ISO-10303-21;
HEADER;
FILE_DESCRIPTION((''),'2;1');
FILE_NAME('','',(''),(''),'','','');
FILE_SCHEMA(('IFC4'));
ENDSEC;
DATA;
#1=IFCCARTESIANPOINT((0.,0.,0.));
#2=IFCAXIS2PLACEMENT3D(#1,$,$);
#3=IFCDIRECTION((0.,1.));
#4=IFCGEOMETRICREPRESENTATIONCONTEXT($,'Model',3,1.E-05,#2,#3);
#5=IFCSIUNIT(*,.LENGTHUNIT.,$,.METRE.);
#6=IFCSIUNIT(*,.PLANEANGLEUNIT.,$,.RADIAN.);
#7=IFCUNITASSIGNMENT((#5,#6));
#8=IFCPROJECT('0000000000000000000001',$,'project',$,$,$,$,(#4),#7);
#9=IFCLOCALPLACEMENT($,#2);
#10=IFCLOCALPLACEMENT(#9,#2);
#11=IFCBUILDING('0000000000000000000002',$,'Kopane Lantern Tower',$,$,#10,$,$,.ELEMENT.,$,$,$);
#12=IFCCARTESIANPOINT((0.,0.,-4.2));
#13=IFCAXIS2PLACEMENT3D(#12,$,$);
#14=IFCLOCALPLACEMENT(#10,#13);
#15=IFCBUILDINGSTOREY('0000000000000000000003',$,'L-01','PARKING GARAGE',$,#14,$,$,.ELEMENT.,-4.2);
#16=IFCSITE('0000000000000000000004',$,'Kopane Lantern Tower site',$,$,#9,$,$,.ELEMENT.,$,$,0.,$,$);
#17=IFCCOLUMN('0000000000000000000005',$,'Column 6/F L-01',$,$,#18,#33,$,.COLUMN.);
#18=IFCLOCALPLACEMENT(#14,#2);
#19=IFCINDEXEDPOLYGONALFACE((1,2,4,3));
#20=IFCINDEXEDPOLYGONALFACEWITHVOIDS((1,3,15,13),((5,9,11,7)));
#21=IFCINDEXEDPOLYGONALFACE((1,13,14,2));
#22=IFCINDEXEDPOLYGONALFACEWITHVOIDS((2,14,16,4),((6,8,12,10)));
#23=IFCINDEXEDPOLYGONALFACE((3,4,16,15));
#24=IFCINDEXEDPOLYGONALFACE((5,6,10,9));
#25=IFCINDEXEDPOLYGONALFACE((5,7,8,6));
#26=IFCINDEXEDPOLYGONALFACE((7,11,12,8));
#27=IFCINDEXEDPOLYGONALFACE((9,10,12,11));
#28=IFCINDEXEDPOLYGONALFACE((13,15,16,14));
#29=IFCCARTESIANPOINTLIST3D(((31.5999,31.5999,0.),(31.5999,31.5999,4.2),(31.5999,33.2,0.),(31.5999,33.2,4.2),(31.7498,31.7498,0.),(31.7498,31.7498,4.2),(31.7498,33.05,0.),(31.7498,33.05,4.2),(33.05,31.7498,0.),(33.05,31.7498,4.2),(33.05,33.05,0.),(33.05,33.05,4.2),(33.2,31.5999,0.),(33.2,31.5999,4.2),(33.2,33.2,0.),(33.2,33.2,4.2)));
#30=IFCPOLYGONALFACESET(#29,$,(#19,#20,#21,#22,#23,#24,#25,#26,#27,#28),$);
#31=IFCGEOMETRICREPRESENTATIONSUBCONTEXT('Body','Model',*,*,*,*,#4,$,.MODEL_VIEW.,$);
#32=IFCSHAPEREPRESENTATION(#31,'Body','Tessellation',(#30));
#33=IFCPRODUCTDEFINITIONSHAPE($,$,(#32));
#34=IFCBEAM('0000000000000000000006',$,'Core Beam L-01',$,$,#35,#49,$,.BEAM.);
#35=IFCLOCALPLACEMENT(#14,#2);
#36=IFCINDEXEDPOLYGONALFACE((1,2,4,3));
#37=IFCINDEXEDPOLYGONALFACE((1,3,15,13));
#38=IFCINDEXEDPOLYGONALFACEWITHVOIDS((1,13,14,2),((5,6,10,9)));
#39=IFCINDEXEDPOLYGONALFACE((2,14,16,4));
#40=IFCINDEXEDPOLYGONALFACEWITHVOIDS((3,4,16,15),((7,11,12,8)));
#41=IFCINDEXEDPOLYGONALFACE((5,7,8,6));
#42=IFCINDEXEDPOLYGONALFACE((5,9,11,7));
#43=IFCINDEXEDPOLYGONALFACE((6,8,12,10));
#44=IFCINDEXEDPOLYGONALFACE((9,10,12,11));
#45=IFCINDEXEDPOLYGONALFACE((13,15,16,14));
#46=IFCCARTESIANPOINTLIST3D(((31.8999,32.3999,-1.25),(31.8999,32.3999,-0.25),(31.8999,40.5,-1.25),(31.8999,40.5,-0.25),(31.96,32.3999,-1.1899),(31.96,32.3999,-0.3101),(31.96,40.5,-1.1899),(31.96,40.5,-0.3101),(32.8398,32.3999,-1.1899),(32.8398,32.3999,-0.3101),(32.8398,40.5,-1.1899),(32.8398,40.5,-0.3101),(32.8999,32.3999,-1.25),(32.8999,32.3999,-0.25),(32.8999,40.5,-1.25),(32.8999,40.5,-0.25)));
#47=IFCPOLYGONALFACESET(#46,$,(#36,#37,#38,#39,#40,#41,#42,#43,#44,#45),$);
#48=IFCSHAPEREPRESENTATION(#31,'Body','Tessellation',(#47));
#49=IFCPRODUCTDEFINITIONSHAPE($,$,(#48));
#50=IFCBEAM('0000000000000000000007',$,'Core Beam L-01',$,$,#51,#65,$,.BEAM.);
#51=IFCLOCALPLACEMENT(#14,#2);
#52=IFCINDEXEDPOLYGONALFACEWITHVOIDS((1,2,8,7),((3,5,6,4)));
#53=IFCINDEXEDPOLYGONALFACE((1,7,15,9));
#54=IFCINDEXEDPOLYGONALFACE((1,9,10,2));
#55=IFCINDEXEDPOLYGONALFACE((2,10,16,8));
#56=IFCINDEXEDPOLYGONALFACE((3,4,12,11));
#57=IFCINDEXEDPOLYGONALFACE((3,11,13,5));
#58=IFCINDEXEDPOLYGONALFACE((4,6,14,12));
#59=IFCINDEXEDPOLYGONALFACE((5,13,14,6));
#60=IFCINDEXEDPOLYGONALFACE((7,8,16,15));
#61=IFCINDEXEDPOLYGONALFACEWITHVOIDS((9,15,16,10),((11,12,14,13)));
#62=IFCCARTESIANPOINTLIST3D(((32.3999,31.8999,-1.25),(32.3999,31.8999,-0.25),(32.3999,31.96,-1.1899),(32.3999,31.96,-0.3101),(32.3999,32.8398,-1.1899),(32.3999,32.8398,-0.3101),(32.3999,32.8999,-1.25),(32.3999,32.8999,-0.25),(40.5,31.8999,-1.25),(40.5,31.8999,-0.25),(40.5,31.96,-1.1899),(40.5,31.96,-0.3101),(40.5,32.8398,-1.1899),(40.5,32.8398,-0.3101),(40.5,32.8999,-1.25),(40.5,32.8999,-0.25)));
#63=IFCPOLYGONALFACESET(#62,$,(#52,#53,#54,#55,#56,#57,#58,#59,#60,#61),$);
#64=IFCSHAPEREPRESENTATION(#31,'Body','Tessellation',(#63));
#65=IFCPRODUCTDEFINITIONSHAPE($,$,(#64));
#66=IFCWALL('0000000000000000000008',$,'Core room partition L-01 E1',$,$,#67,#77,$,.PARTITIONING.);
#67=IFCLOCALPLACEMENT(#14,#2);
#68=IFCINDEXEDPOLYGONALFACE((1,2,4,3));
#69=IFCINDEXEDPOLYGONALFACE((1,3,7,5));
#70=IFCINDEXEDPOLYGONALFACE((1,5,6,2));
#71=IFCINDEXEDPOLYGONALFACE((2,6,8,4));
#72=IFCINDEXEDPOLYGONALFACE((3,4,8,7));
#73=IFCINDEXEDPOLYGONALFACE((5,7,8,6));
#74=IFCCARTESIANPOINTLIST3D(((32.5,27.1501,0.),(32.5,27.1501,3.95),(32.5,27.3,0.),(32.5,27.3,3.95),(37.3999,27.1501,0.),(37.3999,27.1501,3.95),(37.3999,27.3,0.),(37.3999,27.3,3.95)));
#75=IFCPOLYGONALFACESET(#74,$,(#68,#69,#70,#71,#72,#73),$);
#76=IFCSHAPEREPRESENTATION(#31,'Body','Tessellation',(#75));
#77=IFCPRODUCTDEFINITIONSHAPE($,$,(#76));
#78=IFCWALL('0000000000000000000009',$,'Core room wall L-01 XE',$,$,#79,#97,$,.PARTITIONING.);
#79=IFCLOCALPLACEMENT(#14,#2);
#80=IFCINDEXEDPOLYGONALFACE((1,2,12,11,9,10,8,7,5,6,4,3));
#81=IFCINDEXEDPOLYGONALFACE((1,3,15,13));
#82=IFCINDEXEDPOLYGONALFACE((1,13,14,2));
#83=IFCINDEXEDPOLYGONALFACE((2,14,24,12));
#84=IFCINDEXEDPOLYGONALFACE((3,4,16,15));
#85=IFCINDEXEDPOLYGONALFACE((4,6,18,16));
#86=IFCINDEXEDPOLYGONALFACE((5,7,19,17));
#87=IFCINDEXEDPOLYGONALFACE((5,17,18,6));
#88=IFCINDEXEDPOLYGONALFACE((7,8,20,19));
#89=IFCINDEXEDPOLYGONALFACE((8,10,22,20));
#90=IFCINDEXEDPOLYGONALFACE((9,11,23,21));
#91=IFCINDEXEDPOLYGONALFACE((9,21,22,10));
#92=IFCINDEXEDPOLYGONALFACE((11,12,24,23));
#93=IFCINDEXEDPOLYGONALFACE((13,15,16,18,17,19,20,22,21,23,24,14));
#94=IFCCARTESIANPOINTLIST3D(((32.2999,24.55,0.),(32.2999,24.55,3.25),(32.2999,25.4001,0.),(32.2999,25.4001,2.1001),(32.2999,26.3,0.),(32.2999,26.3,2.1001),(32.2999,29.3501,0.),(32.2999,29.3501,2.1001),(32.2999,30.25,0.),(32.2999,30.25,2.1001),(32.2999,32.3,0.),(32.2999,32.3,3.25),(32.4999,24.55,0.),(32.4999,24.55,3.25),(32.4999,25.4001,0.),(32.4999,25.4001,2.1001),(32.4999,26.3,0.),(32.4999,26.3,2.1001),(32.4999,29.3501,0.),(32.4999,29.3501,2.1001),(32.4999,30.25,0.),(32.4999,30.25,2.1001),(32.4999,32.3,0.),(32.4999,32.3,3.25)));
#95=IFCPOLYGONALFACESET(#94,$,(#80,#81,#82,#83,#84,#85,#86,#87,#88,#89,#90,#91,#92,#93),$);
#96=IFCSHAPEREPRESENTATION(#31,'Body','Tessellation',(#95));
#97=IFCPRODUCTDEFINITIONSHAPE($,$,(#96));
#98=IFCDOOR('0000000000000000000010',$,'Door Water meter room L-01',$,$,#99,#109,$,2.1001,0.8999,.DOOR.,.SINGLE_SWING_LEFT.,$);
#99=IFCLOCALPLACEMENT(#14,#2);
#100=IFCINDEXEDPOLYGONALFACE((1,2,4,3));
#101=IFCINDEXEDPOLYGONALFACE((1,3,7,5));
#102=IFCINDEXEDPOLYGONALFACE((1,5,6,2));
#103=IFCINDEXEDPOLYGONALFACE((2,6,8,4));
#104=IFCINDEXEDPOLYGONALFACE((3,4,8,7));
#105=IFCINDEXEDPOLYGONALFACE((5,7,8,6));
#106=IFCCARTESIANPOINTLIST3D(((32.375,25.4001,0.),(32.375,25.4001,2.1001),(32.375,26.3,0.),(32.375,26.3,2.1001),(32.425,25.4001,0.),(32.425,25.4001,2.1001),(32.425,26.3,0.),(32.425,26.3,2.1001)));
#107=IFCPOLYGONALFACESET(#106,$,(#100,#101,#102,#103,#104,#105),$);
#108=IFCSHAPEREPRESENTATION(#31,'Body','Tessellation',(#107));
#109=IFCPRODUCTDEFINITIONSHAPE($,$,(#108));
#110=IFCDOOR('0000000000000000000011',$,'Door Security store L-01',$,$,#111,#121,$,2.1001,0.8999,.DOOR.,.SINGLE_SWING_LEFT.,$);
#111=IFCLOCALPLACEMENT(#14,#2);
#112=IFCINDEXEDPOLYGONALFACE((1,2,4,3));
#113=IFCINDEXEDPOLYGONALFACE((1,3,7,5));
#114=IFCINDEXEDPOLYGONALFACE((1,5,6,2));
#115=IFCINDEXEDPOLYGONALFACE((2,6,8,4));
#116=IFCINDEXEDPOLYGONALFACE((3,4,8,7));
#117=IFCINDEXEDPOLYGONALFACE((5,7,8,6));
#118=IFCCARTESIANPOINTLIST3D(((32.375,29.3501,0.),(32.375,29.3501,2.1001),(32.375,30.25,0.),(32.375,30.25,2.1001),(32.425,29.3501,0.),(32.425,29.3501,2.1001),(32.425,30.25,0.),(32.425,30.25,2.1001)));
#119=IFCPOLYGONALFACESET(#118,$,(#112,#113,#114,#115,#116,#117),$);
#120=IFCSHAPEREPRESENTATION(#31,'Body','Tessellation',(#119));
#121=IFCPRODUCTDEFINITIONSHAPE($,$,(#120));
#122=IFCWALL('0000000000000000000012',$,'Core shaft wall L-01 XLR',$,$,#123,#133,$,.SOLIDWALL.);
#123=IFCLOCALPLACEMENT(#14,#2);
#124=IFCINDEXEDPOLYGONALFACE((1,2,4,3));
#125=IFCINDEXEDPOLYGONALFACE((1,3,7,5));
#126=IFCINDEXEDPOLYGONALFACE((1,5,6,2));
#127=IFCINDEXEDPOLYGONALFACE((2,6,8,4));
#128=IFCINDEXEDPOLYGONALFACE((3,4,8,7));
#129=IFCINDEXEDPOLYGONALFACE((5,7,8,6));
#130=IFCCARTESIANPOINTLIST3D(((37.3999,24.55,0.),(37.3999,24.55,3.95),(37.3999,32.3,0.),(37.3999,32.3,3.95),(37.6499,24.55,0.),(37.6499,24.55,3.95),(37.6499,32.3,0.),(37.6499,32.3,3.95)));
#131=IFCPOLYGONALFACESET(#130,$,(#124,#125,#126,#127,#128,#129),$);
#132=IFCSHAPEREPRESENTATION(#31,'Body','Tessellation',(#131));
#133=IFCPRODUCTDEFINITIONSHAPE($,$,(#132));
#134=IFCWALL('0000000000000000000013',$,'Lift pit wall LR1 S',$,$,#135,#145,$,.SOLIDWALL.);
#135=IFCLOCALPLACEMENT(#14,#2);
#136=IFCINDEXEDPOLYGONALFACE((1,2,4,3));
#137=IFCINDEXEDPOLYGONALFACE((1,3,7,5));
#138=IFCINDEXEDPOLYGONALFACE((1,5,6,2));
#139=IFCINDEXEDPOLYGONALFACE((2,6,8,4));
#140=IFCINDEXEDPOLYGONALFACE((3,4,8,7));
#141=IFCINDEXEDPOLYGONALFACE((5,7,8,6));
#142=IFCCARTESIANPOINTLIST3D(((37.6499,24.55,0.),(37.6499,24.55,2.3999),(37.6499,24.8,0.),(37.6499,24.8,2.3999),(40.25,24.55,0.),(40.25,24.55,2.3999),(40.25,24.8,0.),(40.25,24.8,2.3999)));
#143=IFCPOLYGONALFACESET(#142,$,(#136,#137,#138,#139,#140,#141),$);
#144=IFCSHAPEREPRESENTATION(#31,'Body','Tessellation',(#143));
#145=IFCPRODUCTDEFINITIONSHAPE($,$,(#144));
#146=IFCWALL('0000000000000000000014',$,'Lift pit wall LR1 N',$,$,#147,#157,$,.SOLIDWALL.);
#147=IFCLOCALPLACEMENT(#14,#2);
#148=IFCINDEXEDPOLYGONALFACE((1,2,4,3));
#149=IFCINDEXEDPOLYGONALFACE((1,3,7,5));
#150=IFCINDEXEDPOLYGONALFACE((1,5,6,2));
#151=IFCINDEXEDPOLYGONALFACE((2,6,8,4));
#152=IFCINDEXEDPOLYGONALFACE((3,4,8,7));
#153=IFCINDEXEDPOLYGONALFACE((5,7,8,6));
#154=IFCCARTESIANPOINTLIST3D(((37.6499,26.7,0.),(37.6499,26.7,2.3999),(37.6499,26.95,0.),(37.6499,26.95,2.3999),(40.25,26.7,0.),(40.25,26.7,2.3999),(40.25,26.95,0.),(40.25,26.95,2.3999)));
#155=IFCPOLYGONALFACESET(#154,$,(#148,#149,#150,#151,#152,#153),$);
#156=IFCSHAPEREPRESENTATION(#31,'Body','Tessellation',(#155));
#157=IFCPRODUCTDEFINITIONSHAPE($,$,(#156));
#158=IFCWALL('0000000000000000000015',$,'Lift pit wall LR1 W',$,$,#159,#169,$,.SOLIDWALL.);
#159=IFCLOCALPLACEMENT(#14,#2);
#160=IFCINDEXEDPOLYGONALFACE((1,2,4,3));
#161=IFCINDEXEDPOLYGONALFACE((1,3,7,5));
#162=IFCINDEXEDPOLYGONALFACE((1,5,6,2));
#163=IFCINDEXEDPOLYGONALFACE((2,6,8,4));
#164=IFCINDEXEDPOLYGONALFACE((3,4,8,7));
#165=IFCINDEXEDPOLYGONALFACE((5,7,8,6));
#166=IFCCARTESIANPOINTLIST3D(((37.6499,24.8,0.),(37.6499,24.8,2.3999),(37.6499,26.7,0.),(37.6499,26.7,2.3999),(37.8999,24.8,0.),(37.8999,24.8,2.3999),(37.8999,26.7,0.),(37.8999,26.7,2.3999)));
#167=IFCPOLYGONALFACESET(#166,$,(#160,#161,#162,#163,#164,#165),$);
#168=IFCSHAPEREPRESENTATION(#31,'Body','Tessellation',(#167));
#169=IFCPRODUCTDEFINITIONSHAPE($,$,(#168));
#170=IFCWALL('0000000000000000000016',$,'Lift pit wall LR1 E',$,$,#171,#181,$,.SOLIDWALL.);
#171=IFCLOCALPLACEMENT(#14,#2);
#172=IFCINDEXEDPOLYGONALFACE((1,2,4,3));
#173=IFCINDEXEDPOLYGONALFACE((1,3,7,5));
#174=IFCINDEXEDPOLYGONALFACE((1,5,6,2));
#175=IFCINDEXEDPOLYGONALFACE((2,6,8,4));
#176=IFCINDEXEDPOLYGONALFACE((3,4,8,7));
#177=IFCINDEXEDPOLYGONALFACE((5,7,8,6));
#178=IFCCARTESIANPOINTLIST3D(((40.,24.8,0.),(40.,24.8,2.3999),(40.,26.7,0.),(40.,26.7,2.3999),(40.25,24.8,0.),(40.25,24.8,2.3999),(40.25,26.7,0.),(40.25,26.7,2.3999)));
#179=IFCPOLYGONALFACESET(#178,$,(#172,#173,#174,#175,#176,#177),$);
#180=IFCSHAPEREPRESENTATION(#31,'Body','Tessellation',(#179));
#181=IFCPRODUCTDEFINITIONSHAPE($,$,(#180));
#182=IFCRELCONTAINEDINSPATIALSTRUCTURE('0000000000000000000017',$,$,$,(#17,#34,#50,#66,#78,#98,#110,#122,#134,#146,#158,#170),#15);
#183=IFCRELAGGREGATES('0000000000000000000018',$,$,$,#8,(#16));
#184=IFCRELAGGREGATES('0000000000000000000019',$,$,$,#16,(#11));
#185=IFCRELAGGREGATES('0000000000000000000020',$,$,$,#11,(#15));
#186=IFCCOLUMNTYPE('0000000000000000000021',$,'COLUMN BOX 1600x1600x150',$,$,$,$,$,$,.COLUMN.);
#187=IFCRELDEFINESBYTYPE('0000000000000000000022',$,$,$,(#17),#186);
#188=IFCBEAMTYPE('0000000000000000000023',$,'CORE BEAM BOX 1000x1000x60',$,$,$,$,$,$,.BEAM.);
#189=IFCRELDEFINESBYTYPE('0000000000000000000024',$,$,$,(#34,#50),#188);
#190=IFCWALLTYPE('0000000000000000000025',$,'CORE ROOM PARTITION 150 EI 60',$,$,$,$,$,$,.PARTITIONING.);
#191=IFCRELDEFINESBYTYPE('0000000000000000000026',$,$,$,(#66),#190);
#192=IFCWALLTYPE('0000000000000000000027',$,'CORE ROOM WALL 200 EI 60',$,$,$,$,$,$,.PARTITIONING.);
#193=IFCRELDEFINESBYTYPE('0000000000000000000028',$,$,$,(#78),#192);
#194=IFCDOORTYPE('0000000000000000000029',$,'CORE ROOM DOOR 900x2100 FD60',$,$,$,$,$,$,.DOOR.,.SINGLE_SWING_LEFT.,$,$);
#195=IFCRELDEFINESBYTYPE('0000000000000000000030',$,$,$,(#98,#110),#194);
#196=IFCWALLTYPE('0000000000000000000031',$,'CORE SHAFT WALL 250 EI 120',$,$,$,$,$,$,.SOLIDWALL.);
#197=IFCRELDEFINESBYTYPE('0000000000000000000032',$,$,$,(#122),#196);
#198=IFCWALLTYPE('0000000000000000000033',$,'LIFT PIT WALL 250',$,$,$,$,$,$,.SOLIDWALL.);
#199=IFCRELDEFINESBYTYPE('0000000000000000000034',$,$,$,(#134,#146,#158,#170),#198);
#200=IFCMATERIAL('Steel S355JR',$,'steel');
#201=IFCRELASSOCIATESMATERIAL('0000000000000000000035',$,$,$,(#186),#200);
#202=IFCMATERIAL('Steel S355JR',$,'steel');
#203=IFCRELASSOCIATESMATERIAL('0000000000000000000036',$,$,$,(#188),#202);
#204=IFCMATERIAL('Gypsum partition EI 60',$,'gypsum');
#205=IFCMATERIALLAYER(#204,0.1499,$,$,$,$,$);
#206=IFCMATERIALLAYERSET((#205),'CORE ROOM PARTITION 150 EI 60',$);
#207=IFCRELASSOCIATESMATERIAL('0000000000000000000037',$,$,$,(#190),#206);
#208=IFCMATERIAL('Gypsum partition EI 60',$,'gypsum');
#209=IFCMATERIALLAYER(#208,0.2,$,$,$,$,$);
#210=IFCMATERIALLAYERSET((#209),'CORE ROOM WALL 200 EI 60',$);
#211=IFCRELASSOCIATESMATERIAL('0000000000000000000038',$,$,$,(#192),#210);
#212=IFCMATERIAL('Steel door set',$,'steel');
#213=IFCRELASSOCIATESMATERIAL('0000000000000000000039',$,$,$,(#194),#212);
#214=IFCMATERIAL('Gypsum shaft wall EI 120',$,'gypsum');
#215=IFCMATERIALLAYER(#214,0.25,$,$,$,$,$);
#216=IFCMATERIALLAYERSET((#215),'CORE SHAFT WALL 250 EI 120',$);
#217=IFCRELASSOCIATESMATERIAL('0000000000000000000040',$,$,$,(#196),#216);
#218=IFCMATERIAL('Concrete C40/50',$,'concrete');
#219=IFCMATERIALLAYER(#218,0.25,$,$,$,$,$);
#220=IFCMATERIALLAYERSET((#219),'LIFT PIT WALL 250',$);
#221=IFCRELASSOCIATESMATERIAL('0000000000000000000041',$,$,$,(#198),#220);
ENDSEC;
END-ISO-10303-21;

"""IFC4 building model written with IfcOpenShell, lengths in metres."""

from ifc_helpers import new_model, si_unit, direction, frame, frame_2d, origin, origin_2d, place, context, subcontext, project, spatial, rectangle, hollow_rectangle, extrude, material, layer, layer_set, material_profile, profile_set, type_object, element, fill, save


model = new_model("IFC4")

# Units and contexts
model_context = context("Model", 3, precision=1e-05, world=origin(), true_north=direction((0.0, 1.0)))
body_context = subcontext(model_context, "Body", "Model", "MODEL_VIEW")
ifc_project = project(units=[si_unit("LENGTHUNIT", "METRE"), si_unit("PLANEANGLEUNIT", "RADIAN")], contexts=[model_context])

# Site, building, storey
site_placement = place(None, origin())
site = spatial("IfcSite", under=ifc_project, at=site_placement, Name="Kopane Lantern Tower site", CompositionType="ELEMENT", RefElevation=0.0)
building_placement = place(site_placement, origin())
building = spatial("IfcBuilding", under=site, at=building_placement, Name="Kopane Lantern Tower", CompositionType="ELEMENT")
storey_placement = place(building_placement, frame((0.0, 0.0, -4.2)))
storey = spatial("IfcBuildingStorey", under=building, at=storey_placement, Name="L-01", Description="PARKING GARAGE", CompositionType="ELEMENT", Elevation=-4.2)

# Column
ifc_material_1 = material(Name="Steel S355JR", Category="steel")
ifc_material_profile_1 = material_profile(ifc_material_1, hollow_rectangle(XDim=1.6001, YDim=1.6001, WallThickness=0.1499, at=origin_2d()), Name="BOX 1600x1600x150")
ifc_profile_set_1 = profile_set([ifc_material_profile_1], Name="Steel S355JR")
column_type = type_object("IfcColumnType", Name="COLUMN BOX 1600x1600x150", PredefinedType="COLUMN", material=ifc_profile_set_1)
column_placement = place(storey_placement, frame((32.3999, 32.3999, 0.0), z_axis=(0.0, 0.0, 1.0), x_axis=(1.0, 0.0, 0.0)))
element("IfcColumn", 1, at=column_placement, inside=storey, type_object=column_type, Name="Column 6/F L-01", PredefinedType="COLUMN", context=body_context, shape_type="SweptSolid", body=[
    extrude(hollow_rectangle(XDim=1.6001, YDim=1.6001, WallThickness=0.1499, at=origin_2d()), origin(), (0.0, 0.0, 1.0), 4.2),
])

# Beams
ifc_material_2 = material(Name="Steel S355JR", Category="steel")
ifc_material_profile_2 = material_profile(ifc_material_2, hollow_rectangle(XDim=1.0, YDim=1.0, WallThickness=0.0601, at=origin_2d()), Name="BOX 1000x1000x60")
ifc_profile_set_2 = profile_set([ifc_material_profile_2], Name="Steel S355JR")
beam_type = type_object("IfcBeamType", Name="CORE BEAM BOX 1000x1000x60", PredefinedType="BEAM", material=ifc_profile_set_2)
for number, where, z_axis, x_axis, name in (
    (2, (32.3999, 32.3999, -0.75), (0.0, 1.0, 0.0), (-1.0, 0.0, 0.0), "Core Beam L-01"),
    (3, (32.3999, 32.3999, -0.75), (1.0, 0.0, 0.0), (0.0, 1.0, 0.0), "Core Beam L-01"),
):
    element("IfcBeam", number, at=place(storey_placement, frame(where, z_axis=z_axis, x_axis=x_axis)), inside=storey, type_object=beam_type, Name=name, PredefinedType="BEAM", context=body_context, shape_type="SweptSolid", body=[
        extrude(hollow_rectangle(XDim=1.0, YDim=1.0, WallThickness=0.0601, at=origin_2d()), origin(), (0.0, 0.0, 1.0), 8.1001),
    ])

# Wall
ifc_material_3 = material(Name="Gypsum partition EI 60", Category="gypsum")
ifc_layer_1 = layer(ifc_material_3, 0.1499)
ifc_layer_set_1 = layer_set([ifc_layer_1], Name="CORE ROOM PARTITION 150 EI 60")
wall_type_1 = type_object("IfcWallType", Name="CORE ROOM PARTITION 150 EI 60", PredefinedType="PARTITIONING", material=ifc_layer_set_1)
wall_1_placement = place(storey_placement, frame((32.5, 27.2251, 0.0), z_axis=(0.0, 0.0, 1.0), x_axis=(1.0, 0.0, 0.0)))
element("IfcWall", 4, at=wall_1_placement, inside=storey, type_object=wall_type_1, Name="Core room partition L-01 E1", PredefinedType="PARTITIONING", context=body_context, shape_type="SweptSolid", body=[
    extrude(rectangle(XDim=4.8999, YDim=0.1499, at=frame_2d((2.45, 0.0))), origin(), (0.0, 0.0, 1.0), 3.95),
])

# Wall, openings, doors
ifc_material_4 = material(Name="Gypsum partition EI 60", Category="gypsum")
ifc_layer_2 = layer(ifc_material_4, 0.2)
ifc_layer_set_2 = layer_set([ifc_layer_2], Name="CORE ROOM WALL 200 EI 60")
wall_type_2 = type_object("IfcWallType", Name="CORE ROOM WALL 200 EI 60", PredefinedType="PARTITIONING", material=ifc_layer_set_2)
wall_2_placement = place(storey_placement, frame((32.3999, 24.55, 0.0), z_axis=(0.0, 0.0, 1.0), x_axis=(0.0, 1.0, 0.0)))
wall_2 = element("IfcWall", 5, at=wall_2_placement, inside=storey, type_object=wall_type_2, Name="Core room wall L-01 XE", PredefinedType="PARTITIONING", context=body_context, shape_type="SweptSolid", body=[
    extrude(rectangle(XDim=7.75, YDim=0.2, at=frame_2d((3.875, 0.0))), origin(), (0.0, 0.0, 1.0), 3.25),
])
opening_1_placement = place(wall_2_placement, frame((0.8501, 0.0, 0.0)))
opening_1 = element("IfcOpeningElement", 6, at=opening_1_placement, cuts=wall_2, PredefinedType="OPENING", context=body_context, shape_type="SweptSolid", body=[
    extrude(rectangle(XDim=0.8999, YDim=2.1001, at=frame_2d((0.45, 1.05))), frame((0.0, 0.1099, 0.0), z_axis=(0.0, -1.0, 0.0), x_axis=(1.0, 0.0, 0.0)), (0.0, 0.0, 1.0), 0.22),
])
opening_2_placement = place(wall_2_placement, frame((4.8, 0.0, 0.0)))
opening_2 = element("IfcOpeningElement", 7, at=opening_2_placement, cuts=wall_2, PredefinedType="OPENING", context=body_context, shape_type="SweptSolid", body=[
    extrude(rectangle(XDim=0.8999, YDim=2.1001, at=frame_2d((0.45, 1.05))), frame((0.0, 0.1099, 0.0), z_axis=(0.0, -1.0, 0.0), x_axis=(1.0, 0.0, 0.0)), (0.0, 0.0, 1.0), 0.22),
])
ifc_material_5 = material(Name="Steel door set", Category="steel")
door_type_1 = type_object("IfcDoorType", Name="CORE ROOM DOOR 900x2100 FD60", OperationType="SINGLE_SWING_LEFT", PredefinedType="DOOR", material=ifc_material_5)
door_1_placement = place(opening_1_placement, origin())
door_1 = element("IfcDoor", 8, at=door_1_placement, inside=storey, type_object=door_type_1, Name="Door Water meter room L-01", OperationType="SINGLE_SWING_LEFT", OverallHeight=2.1001, OverallWidth=0.8999, PredefinedType="DOOR", context=body_context, shape_type="SweptSolid", body=[
    extrude(rectangle(XDim=0.8999, YDim=2.1001, at=frame_2d((0.45, 1.05))), frame((0.0, 0.0249, 0.0), z_axis=(0.0, -1.0, 0.0), x_axis=(1.0, 0.0, 0.0)), (0.0, 0.0, 1.0), 0.05),
])
fill(opening_1, door_1)
door_2_placement = place(opening_2_placement, origin())
door_2 = element("IfcDoor", 9, at=door_2_placement, inside=storey, type_object=door_type_1, Name="Door Security store L-01", OperationType="SINGLE_SWING_LEFT", OverallHeight=2.1001, OverallWidth=0.8999, PredefinedType="DOOR", context=body_context, shape_type="SweptSolid", body=[
    extrude(rectangle(XDim=0.8999, YDim=2.1001, at=frame_2d((0.45, 1.05))), frame((0.0, 0.0249, 0.0), z_axis=(0.0, -1.0, 0.0), x_axis=(1.0, 0.0, 0.0)), (0.0, 0.0, 1.0), 0.05),
])
fill(opening_2, door_2)

# Walls
ifc_material_6 = material(Name="Gypsum shaft wall EI 120", Category="gypsum")
ifc_layer_3 = layer(ifc_material_6, 0.25)
ifc_layer_set_3 = layer_set([ifc_layer_3], Name="CORE SHAFT WALL 250 EI 120")
wall_type_3 = type_object("IfcWallType", Name="CORE SHAFT WALL 250 EI 120", PredefinedType="SOLIDWALL", material=ifc_layer_set_3)
wall_3_placement = place(storey_placement, frame((37.5249, 24.55, 0.0), z_axis=(0.0, 0.0, 1.0), x_axis=(0.0, 1.0, 0.0)))
element("IfcWall", 10, at=wall_3_placement, inside=storey, type_object=wall_type_3, Name="Core shaft wall L-01 XLR", PredefinedType="SOLIDWALL", context=body_context, shape_type="SweptSolid", body=[
    extrude(rectangle(XDim=7.75, YDim=0.25, at=frame_2d((3.875, 0.0))), origin(), (0.0, 0.0, 1.0), 3.95),
])
ifc_material_7 = material(Name="Concrete C40/50", Category="concrete")
ifc_layer_4 = layer(ifc_material_7, 0.25)
ifc_layer_set_4 = layer_set([ifc_layer_4], Name="LIFT PIT WALL 250")
wall_type_4 = type_object("IfcWallType", Name="LIFT PIT WALL 250", PredefinedType="SOLIDWALL", material=ifc_layer_set_4)
for number, where, z_axis, x_axis, name in (
    (11, (37.6499, 24.675, 0.0), (0.0, 0.0, 1.0), (1.0, 0.0, 0.0), "Lift pit wall LR1 S"),
    (12, (37.6499, 26.825, 0.0), (0.0, 0.0, 1.0), (1.0, 0.0, 0.0), "Lift pit wall LR1 N"),
):
    element("IfcWall", number, at=place(storey_placement, frame(where, z_axis=z_axis, x_axis=x_axis)), inside=storey, type_object=wall_type_4, Name=name, PredefinedType="SOLIDWALL", context=body_context, shape_type="SweptSolid", body=[
        extrude(rectangle(XDim=2.6001, YDim=0.25, at=frame_2d((1.3, 0.0))), origin(), (0.0, 0.0, 1.0), 2.3999),
    ])
for number, where, z_axis, x_axis, name in (
    (13, (37.7749, 24.8, 0.0), (0.0, 0.0, 1.0), (0.0, 1.0, 0.0), "Lift pit wall LR1 W"),
    (14, (40.125, 24.8, 0.0), (0.0, 0.0, 1.0), (0.0, 1.0, 0.0), "Lift pit wall LR1 E"),
):
    element("IfcWall", number, at=place(storey_placement, frame(where, z_axis=z_axis, x_axis=x_axis)), inside=storey, type_object=wall_type_4, Name=name, PredefinedType="SOLIDWALL", context=body_context, shape_type="SweptSolid", body=[
        extrude(rectangle(XDim=1.8999, YDim=0.25, at=frame_2d((0.95, 0.0))), origin(), (0.0, 0.0, 1.0), 2.3999),
    ])

save(model, "model.ifc")
